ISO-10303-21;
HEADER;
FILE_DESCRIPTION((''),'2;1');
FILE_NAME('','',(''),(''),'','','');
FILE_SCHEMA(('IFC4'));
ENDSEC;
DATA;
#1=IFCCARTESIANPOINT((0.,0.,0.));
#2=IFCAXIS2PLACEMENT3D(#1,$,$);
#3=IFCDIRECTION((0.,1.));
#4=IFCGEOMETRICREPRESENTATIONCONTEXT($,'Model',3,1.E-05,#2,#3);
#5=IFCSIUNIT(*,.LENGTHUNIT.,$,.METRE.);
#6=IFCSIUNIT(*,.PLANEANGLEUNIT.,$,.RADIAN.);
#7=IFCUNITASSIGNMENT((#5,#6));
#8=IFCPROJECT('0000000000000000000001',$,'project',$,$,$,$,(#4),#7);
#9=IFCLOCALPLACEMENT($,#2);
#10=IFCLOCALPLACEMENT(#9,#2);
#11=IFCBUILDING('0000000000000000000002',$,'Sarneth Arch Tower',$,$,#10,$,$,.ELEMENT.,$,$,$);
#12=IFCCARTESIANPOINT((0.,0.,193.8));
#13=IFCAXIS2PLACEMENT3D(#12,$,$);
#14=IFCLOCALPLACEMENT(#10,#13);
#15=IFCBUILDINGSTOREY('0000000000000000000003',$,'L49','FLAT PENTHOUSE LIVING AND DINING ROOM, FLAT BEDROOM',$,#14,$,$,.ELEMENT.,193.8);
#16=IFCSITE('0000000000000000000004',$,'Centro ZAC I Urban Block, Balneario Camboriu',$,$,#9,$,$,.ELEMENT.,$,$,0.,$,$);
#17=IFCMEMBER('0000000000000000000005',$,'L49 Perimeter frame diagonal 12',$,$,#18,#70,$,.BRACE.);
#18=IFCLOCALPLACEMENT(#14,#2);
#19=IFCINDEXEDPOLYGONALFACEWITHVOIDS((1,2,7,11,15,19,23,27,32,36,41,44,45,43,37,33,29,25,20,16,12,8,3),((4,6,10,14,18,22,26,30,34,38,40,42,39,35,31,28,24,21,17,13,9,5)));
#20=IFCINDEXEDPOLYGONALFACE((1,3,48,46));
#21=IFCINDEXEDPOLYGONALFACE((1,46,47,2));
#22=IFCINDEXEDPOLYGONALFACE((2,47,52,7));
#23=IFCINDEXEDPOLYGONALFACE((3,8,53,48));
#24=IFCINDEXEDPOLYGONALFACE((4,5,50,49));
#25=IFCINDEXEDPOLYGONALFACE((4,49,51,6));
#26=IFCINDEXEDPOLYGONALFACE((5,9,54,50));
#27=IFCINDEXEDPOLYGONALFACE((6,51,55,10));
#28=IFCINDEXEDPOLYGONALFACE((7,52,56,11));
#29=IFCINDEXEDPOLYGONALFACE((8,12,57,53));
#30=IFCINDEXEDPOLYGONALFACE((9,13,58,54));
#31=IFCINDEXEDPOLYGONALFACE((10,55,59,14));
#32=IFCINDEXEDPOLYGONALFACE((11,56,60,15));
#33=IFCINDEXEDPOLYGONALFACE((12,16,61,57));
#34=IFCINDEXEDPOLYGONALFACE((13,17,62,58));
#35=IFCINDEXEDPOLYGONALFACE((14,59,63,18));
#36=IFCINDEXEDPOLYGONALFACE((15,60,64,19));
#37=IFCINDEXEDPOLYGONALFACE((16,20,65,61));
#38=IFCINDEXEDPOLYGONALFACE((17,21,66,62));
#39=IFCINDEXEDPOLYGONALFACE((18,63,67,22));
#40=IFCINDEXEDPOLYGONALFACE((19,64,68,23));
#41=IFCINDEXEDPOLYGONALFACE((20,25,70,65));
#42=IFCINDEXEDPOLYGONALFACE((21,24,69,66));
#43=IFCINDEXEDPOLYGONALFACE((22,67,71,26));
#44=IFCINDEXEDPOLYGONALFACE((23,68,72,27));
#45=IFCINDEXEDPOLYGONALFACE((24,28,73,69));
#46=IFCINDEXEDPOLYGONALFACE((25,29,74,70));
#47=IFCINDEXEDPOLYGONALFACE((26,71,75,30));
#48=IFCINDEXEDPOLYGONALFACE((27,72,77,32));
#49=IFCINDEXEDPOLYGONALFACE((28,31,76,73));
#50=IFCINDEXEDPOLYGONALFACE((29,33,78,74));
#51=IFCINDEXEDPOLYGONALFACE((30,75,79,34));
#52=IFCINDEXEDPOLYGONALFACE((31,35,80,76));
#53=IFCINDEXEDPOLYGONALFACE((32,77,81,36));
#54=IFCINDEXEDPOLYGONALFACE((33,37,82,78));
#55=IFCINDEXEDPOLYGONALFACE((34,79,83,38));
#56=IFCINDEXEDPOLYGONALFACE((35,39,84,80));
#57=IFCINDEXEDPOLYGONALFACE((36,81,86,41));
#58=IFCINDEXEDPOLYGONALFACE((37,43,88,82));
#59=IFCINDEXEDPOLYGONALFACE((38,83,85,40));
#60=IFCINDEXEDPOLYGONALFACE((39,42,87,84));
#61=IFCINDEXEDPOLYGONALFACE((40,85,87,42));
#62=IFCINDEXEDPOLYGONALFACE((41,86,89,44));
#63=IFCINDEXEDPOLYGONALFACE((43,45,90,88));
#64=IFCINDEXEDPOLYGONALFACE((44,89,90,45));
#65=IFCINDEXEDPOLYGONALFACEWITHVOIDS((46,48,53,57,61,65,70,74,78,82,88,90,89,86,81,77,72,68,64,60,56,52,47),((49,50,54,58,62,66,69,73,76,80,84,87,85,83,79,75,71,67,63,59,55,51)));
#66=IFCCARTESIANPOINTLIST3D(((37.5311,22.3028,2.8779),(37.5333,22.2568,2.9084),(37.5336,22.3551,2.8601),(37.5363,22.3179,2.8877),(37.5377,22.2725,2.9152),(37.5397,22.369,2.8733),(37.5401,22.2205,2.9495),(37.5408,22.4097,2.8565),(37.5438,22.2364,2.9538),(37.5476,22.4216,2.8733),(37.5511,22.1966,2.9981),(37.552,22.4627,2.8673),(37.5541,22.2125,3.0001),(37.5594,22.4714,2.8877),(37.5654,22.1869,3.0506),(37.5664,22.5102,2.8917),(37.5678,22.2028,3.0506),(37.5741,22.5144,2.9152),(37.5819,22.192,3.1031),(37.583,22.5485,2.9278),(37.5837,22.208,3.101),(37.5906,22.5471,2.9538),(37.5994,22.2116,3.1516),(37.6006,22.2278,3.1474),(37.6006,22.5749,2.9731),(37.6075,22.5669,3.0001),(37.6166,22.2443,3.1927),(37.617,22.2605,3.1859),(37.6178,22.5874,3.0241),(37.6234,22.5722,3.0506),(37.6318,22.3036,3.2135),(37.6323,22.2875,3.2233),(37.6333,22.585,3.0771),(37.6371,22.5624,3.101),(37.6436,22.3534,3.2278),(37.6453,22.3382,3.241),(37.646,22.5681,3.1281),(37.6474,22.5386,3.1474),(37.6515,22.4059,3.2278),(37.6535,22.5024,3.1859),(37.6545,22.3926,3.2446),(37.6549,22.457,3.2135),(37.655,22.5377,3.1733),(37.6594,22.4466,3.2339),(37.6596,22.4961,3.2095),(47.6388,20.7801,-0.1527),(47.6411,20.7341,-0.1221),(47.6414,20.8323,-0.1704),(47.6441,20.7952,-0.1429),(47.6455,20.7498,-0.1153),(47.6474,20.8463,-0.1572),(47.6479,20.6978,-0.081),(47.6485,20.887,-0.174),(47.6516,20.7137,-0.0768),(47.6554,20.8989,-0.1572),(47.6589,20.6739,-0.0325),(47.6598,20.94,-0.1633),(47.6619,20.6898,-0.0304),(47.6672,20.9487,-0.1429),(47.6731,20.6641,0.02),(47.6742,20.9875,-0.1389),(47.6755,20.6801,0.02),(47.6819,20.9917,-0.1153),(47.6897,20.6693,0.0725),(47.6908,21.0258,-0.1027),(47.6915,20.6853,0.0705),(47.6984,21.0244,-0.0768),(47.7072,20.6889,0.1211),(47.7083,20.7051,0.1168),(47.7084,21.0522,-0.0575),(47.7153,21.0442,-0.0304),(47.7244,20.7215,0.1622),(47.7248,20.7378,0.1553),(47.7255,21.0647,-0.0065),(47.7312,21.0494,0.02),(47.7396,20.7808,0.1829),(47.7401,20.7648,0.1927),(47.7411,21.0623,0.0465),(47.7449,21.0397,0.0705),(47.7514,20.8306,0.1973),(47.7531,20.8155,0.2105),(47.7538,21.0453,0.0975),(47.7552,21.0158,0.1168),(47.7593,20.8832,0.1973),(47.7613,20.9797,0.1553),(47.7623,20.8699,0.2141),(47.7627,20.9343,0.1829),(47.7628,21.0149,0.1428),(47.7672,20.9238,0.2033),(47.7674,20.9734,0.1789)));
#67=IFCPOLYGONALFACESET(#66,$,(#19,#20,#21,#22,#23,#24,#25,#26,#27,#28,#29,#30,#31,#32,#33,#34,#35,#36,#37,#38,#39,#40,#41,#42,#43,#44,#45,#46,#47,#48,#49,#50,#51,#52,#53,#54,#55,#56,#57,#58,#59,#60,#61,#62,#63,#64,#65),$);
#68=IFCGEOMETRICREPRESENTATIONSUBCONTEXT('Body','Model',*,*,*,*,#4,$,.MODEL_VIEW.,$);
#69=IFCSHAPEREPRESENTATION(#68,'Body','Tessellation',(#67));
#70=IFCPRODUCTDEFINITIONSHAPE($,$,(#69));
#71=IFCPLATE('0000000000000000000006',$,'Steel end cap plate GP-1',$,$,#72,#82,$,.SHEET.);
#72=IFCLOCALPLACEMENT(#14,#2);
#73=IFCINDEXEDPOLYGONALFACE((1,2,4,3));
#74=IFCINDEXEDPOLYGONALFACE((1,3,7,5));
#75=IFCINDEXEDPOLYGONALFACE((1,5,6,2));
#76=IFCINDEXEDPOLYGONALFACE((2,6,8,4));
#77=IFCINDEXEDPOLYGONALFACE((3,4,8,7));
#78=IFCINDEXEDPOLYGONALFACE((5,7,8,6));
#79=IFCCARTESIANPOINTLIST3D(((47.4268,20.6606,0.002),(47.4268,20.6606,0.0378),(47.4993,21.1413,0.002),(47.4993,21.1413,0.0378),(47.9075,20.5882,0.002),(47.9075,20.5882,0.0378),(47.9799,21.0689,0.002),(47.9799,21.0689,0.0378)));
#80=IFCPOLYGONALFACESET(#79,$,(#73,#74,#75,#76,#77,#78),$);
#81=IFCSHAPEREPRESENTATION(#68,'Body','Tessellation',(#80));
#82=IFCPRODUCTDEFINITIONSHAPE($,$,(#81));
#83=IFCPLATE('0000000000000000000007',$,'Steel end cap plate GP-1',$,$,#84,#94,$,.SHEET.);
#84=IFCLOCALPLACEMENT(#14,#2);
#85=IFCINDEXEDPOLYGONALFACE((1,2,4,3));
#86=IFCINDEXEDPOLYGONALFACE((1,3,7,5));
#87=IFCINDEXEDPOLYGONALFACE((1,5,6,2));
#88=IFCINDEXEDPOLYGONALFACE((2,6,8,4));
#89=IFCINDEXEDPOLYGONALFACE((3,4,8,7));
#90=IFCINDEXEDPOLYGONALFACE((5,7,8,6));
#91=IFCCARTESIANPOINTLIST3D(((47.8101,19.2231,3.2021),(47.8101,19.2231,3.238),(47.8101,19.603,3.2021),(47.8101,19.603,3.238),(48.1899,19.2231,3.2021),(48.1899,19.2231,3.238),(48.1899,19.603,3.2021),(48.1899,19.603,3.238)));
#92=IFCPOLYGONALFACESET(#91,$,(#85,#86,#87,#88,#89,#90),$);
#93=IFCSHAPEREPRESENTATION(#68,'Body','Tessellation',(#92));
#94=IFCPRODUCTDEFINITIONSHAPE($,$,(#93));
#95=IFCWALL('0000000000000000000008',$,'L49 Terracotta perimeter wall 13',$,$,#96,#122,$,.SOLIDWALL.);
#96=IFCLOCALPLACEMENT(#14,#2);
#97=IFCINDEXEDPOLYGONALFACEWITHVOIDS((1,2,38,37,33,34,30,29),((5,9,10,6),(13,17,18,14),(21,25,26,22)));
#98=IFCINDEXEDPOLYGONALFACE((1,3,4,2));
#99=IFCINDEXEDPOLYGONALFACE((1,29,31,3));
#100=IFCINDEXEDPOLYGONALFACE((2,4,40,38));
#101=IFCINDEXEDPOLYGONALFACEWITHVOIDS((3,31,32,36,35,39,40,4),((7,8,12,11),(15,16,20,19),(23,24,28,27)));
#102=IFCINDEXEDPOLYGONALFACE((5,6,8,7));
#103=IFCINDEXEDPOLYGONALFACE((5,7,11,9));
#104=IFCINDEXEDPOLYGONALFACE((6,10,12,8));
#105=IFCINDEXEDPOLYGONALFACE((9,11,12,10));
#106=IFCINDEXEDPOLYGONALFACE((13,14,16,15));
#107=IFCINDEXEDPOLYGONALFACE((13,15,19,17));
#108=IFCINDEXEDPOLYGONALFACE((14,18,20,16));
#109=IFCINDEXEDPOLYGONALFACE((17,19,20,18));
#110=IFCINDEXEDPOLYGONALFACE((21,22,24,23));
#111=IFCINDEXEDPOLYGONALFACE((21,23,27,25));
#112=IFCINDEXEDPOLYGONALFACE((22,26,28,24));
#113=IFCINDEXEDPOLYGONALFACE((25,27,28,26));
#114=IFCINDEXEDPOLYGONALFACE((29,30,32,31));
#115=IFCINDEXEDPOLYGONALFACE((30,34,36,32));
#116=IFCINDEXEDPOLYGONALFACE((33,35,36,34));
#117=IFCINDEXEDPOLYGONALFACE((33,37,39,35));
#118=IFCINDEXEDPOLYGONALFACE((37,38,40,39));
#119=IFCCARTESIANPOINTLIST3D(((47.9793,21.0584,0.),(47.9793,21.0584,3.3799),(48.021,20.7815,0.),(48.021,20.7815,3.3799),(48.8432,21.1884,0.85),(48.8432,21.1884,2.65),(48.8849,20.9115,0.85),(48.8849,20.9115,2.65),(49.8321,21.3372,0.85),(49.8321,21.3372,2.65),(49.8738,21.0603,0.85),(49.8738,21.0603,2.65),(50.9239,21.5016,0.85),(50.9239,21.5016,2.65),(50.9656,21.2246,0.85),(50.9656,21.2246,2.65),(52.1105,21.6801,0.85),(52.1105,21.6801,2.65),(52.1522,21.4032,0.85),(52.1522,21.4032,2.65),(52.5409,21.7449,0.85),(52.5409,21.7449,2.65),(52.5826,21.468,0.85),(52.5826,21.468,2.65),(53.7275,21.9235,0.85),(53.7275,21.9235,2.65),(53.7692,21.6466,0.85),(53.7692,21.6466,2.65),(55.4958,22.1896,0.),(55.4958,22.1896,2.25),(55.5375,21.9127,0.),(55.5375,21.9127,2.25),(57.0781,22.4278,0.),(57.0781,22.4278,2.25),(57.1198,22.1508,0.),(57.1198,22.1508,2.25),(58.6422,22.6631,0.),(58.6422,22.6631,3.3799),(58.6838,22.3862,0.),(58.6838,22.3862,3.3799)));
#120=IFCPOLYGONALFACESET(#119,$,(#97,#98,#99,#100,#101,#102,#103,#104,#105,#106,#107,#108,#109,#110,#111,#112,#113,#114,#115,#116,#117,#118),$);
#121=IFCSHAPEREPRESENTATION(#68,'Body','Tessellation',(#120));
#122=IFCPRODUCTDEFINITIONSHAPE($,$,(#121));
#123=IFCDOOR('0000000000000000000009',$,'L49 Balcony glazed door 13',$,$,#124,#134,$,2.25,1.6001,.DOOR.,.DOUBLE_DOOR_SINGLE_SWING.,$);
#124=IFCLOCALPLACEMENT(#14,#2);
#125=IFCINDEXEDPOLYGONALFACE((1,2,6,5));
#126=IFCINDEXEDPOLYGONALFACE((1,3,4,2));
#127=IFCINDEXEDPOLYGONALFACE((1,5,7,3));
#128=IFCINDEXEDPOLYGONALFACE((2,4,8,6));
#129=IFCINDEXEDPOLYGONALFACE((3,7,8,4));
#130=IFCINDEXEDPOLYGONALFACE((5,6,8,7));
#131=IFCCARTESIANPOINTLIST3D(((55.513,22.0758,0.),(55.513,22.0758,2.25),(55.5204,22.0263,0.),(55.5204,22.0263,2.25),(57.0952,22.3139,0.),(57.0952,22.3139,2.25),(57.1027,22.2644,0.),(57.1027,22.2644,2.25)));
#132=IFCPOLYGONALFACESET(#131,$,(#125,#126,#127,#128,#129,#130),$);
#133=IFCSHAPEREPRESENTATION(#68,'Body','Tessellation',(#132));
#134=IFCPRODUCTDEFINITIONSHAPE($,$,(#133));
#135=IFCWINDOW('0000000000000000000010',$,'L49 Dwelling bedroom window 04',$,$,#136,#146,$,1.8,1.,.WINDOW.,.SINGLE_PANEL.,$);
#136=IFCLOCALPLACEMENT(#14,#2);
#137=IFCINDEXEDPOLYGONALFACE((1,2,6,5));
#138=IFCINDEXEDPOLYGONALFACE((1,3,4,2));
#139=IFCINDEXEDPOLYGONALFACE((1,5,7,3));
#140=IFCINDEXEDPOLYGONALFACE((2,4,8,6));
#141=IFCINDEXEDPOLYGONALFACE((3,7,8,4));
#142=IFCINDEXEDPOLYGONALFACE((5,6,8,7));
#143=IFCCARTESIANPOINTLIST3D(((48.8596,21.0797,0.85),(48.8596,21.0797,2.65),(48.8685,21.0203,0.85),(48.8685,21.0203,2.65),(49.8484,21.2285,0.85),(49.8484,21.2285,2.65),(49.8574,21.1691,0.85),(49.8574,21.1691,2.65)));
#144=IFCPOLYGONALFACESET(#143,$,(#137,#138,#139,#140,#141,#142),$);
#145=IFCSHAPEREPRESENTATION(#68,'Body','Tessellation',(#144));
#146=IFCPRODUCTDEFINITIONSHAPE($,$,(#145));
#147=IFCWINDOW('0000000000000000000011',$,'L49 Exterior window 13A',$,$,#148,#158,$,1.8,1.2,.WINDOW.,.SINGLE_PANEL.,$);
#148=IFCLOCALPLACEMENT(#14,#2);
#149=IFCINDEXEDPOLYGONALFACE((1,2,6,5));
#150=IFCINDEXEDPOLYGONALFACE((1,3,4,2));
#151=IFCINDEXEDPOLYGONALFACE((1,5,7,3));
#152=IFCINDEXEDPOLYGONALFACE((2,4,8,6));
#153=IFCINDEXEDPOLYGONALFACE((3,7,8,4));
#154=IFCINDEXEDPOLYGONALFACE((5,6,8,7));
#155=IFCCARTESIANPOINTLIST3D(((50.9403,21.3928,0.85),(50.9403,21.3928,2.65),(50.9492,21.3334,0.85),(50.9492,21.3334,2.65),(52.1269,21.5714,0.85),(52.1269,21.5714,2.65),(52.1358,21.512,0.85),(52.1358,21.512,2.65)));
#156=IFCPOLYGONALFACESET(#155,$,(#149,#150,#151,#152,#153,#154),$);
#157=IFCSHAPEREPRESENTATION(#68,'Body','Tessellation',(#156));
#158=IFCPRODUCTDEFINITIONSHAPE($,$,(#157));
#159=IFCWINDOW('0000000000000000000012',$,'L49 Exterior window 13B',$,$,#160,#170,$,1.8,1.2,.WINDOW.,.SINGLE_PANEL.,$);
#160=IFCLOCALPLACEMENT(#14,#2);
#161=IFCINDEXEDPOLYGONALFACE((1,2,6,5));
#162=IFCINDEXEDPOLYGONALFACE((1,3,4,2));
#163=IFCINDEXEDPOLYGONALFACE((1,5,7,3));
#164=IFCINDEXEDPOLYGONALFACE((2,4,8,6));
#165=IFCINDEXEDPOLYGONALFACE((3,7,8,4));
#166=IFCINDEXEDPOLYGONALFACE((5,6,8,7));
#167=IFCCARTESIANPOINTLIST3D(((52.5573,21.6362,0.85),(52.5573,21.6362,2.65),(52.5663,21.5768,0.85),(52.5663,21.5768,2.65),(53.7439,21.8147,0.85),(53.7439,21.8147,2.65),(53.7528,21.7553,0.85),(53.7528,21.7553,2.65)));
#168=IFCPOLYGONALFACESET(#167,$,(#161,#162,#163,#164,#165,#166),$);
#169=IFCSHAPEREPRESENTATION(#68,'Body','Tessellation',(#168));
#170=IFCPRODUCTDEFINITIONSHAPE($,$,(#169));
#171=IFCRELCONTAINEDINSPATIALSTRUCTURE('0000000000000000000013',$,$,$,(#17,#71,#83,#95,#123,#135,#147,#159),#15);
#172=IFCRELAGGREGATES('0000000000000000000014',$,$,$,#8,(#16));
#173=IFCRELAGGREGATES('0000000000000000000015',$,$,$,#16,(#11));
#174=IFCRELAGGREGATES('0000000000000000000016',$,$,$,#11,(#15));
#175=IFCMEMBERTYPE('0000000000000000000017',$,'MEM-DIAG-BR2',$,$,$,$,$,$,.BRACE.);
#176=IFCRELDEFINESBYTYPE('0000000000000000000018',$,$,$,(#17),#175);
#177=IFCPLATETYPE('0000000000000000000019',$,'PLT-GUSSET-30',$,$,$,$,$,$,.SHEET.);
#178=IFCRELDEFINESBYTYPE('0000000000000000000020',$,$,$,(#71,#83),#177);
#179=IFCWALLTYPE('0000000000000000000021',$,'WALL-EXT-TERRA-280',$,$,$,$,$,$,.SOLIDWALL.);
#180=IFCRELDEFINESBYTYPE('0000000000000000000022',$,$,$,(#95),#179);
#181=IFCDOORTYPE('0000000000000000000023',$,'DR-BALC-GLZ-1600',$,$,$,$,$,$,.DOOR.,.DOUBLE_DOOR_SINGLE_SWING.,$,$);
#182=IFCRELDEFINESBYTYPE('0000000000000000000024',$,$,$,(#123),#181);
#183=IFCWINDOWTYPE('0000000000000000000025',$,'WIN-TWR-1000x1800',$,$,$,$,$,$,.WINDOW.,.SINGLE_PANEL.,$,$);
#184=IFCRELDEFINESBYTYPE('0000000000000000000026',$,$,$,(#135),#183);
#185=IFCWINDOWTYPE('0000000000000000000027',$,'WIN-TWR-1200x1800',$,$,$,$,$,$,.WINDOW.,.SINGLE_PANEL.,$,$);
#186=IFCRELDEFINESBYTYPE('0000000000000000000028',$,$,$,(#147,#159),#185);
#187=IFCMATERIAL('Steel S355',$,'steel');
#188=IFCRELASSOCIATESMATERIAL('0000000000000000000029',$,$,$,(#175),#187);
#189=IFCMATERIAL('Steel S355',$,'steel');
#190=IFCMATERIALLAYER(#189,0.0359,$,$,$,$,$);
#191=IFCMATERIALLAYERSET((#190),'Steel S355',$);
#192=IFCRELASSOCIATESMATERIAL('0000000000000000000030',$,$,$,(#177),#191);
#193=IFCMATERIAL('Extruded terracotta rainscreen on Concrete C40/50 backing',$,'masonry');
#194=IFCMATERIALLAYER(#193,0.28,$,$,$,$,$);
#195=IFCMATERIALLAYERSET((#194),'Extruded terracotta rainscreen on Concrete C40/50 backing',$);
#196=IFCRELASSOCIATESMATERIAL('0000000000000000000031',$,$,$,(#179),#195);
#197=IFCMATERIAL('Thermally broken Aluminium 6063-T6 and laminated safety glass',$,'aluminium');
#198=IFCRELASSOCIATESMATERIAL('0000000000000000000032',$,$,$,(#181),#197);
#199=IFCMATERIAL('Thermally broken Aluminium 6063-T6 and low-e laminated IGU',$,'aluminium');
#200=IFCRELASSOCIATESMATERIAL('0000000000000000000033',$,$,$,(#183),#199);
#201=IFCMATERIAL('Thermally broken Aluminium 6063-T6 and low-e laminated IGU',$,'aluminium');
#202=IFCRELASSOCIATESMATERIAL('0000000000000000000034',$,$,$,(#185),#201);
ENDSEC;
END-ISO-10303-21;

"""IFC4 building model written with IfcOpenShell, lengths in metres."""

from ifc_helpers import new_model, si_unit, direction, frame, frame_2d, origin, origin_2d, place, context, subcontext, project, spatial, rectangle, hollow_circle, extrude, material, layer, layer_set, material_profile, profile_set, type_object, element, fill, save


model = new_model("IFC4")

# Units and contexts
model_context = context("Model", 3, precision=1e-05, world=origin(), true_north=direction((0.0, 1.0)))
body_context = subcontext(model_context, "Body", "Model", "MODEL_VIEW")
ifc_project = project(units=[si_unit("LENGTHUNIT", "METRE"), si_unit("PLANEANGLEUNIT", "RADIAN")], contexts=[model_context])

# Site, building, storey
site_placement = place(None, origin())
site = spatial("IfcSite", under=ifc_project, at=site_placement, Name="Centro ZAC I Urban Block, Balneario Camboriu", CompositionType="ELEMENT", RefElevation=0.0)
building_placement = place(site_placement, origin())
building = spatial("IfcBuilding", under=site, at=building_placement, Name="Sarneth Arch Tower", CompositionType="ELEMENT")
storey_placement = place(building_placement, frame((0.0, 0.0, 193.8)))
storey = spatial("IfcBuildingStorey", under=building, at=storey_placement, Name="L49", Description="FLAT PENTHOUSE LIVING AND DINING ROOM, FLAT BEDROOM", CompositionType="ELEMENT", Elevation=193.8)

# Member
ifc_material_1 = material(Name="Steel S355", Category="steel")
ifc_material_profile_1 = material_profile(ifc_material_1, hollow_circle(Radius=0.2029, WallThickness=0.0161, at=origin_2d()), Name="CHS406x16")
ifc_profile_set_1 = profile_set([ifc_material_profile_1], Name="Steel S355")
member_type_1 = type_object("IfcMemberType", Name="MEM-DIAG-BR2", PredefinedType="BRACE", material=ifc_profile_set_1)
member_1_placement = place(storey_placement, frame((47.7034, 20.8647, 0.02), z_axis=(-0.948053, 0.142823, 0.284249), x_axis=(-0.148968, -0.988842, 0.0)))
element("IfcMember", 1, at=member_1_placement, inside=storey, type_object=member_type_1, Name="L49 Perimeter frame diagonal 12", PredefinedType="BRACE", context=body_context, shape_type="SweptSolid", body=[
    extrude(hollow_circle(Radius=0.2029, WallThickness=0.0161, at=origin_2d()), origin(), (0.0, 0.0, 1.0), 10.6616),
])

# Plates
ifc_material_2 = material(Name="Steel S355", Category="steel")
ifc_layer_1 = layer(ifc_material_2, 0.0359)
ifc_layer_set_1 = layer_set([ifc_layer_1], Name="Steel S355")
plate_type = type_object("IfcPlateType", Name="PLT-GUSSET-30", PredefinedType="SHEET", material=ifc_layer_set_1)
plate_1_placement = place(storey_placement, frame((47.7034, 20.8647, 0.002), z_axis=(0.0, 0.0, 1.0), x_axis=(0.988835, -0.149018, 0.0)))
element("IfcPlate", 2, at=plate_1_placement, inside=storey, type_object=plate_type, Name="Steel end cap plate GP-1", PredefinedType="SHEET", context=body_context, shape_type="SweptSolid", body=[
    extrude(rectangle(XDim=0.4861, YDim=0.4861, at=origin_2d()), origin(), (0.0, 0.0, 1.0), 0.0359),
])
plate_2_placement = place(storey_placement, frame((48.0, 19.4131, 3.2021), z_axis=(0.0, 0.0, 1.0), x_axis=(0.0, -1.0, 0.0)))
element("IfcPlate", 3, at=plate_2_placement, inside=storey, type_object=plate_type, Name="Steel end cap plate GP-1", PredefinedType="SHEET", context=body_context, shape_type="SweptSolid", body=[
    extrude(rectangle(XDim=0.3799, YDim=0.3799, at=origin_2d()), origin(), (0.0, 0.0, 1.0), 0.0359),
])

# Wall, openings, door, windows
ifc_material_3 = material(Name="Extruded terracotta rainscreen on Concrete C40/50 backing", Category="masonry")
ifc_layer_2 = layer(ifc_material_3, 0.28)
ifc_layer_set_2 = layer_set([ifc_layer_2], Name="Extruded terracotta rainscreen on Concrete C40/50 backing")
wall_type_1 = type_object("IfcWallType", Name="WALL-EXT-TERRA-280", PredefinedType="SOLIDWALL", material=ifc_layer_set_2)
wall_1_placement = place(storey_placement, frame((48.0, 20.9199, 0.0), z_axis=(0.0, 0.0, 1.0), x_axis=(0.988864, 0.148822, 0.0)))
wall_1 = element("IfcWall", 4, at=wall_1_placement, inside=storey, type_object=wall_type_1, Name="L49 Terracotta perimeter wall 13", PredefinedType="SOLIDWALL", context=body_context, shape_type="SweptSolid", body=[
    extrude(rectangle(XDim=10.783, YDim=0.28, at=frame_2d((5.3916, 0.0))), origin(), (0.0, 0.0, 1.0), 3.3799),
])
opening_1_placement = place(wall_1_placement, frame((2.9778, 0.0, 0.8501)))
opening_1 = element("IfcOpeningElement", 5, at=opening_1_placement, cuts=wall_1, PredefinedType="OPENING", context=body_context, shape_type="SweptSolid", body=[
    extrude(rectangle(XDim=1.2, YDim=1.8, at=frame_2d((0.6001, 0.8999))), frame((0.0, 0.1499, 0.0), z_axis=(0.0, -1.0, 0.0), x_axis=(1.0, 0.0, 0.0)), (0.0, 0.0, 1.0), 0.3),
])
opening_2_placement = place(wall_1_placement, frame((4.613, 0.0, 0.8501)))
opening_2 = element("IfcOpeningElement", 6, at=opening_2_placement, cuts=wall_1, PredefinedType="OPENING", context=body_context, shape_type="SweptSolid", body=[
    extrude(rectangle(XDim=1.2, YDim=1.8, at=frame_2d((0.6001, 0.8999))), frame((0.0, 0.1499, 0.0), z_axis=(0.0, -1.0, 0.0), x_axis=(1.0, 0.0, 0.0)), (0.0, 0.0, 1.0), 0.3),
])
opening_3_placement = place(wall_1_placement, frame((7.6013, 0.0, 0.0)))
opening_3 = element("IfcOpeningElement", 7, at=opening_3_placement, cuts=wall_1, PredefinedType="OPENING", context=body_context, shape_type="SweptSolid", body=[
    extrude(rectangle(XDim=1.6001, YDim=2.25, at=frame_2d((0.8, 1.125))), frame((0.0, 0.1499, 0.0), z_axis=(0.0, -1.0, 0.0), x_axis=(1.0, 0.0, 0.0)), (0.0, 0.0, 1.0), 0.3),
])
opening_4_placement = place(wall_1_placement, frame((0.8738, 0.0, 0.8501)))
opening_4 = element("IfcOpeningElement", 8, at=opening_4_placement, cuts=wall_1, PredefinedType="OPENING", context=body_context, shape_type="SweptSolid", body=[
    extrude(rectangle(XDim=1.0, YDim=1.8, at=frame_2d((0.5, 0.8999))), frame((0.0, 0.1499, 0.0), z_axis=(0.0, -1.0, 0.0), x_axis=(1.0, 0.0, 0.0)), (0.0, 0.0, 1.0), 0.3),
])
ifc_material_4 = material(Name="Thermally broken Aluminium 6063-T6 and laminated safety glass", Category="aluminium")
door_type_1 = type_object("IfcDoorType", Name="DR-BALC-GLZ-1600", OperationType="DOUBLE_DOOR_SINGLE_SWING", PredefinedType="DOOR", material=ifc_material_4)
door_1_placement = place(opening_3_placement, origin())
door_1 = element("IfcDoor", 9, at=door_1_placement, inside=storey, type_object=door_type_1, Name="L49 Balcony glazed door 13", OperationType="DOUBLE_DOOR_SINGLE_SWING", OverallHeight=2.25, OverallWidth=1.6001, PredefinedType="DOOR", context=body_context, shape_type="SweptSolid", body=[
    extrude(rectangle(XDim=1.6001, YDim=2.25, at=frame_2d((0.8, 1.125))), frame((0.0, 0.0249, 0.0), z_axis=(0.0, -1.0, 0.0), x_axis=(1.0, 0.0, 0.0)), (0.0, 0.0, 1.0), 0.05),
])
fill(opening_3, door_1)
ifc_material_5 = material(Name="Thermally broken Aluminium 6063-T6 and low-e laminated IGU", Category="aluminium")
window_type_1 = type_object("IfcWindowType", Name="WIN-TWR-1000x1800", PartitioningType="SINGLE_PANEL", PredefinedType="WINDOW", material=ifc_material_5)
window_1_placement = place(opening_4_placement, origin())
window_1 = element("IfcWindow", 10, at=window_1_placement, inside=storey, type_object=window_type_1, Name="L49 Dwelling bedroom window 04", OverallHeight=1.8, OverallWidth=1.0, PartitioningType="SINGLE_PANEL", PredefinedType="WINDOW", context=body_context, shape_type="SweptSolid", body=[
    extrude(rectangle(XDim=1.0, YDim=1.8, at=frame_2d((0.5, 0.8999))), frame((0.0, 0.03, 0.0), z_axis=(0.0, -1.0, 0.0), x_axis=(1.0, 0.0, 0.0)), (0.0, 0.0, 1.0), 0.0601),
])
fill(opening_4, window_1)
ifc_material_6 = material(Name="Thermally broken Aluminium 6063-T6 and low-e laminated IGU", Category="aluminium")
window_type_2 = type_object("IfcWindowType", Name="WIN-TWR-1200x1800", PartitioningType="SINGLE_PANEL", PredefinedType="WINDOW", material=ifc_material_6)
window_2_placement = place(opening_1_placement, origin())
window_2 = element("IfcWindow", 11, at=window_2_placement, inside=storey, type_object=window_type_2, Name="L49 Exterior window 13A", OverallHeight=1.8, OverallWidth=1.2, PartitioningType="SINGLE_PANEL", PredefinedType="WINDOW", context=body_context, shape_type="SweptSolid", body=[
    extrude(rectangle(XDim=1.2, YDim=1.8, at=frame_2d((0.6001, 0.8999))), frame((0.0, 0.03, 0.0), z_axis=(0.0, -1.0, 0.0), x_axis=(1.0, 0.0, 0.0)), (0.0, 0.0, 1.0), 0.0601),
])
fill(opening_1, window_2)
window_3_placement = place(opening_2_placement, origin())
window_3 = element("IfcWindow", 12, at=window_3_placement, inside=storey, type_object=window_type_2, Name="L49 Exterior window 13B", OverallHeight=1.8, OverallWidth=1.2, PartitioningType="SINGLE_PANEL", PredefinedType="WINDOW", context=body_context, shape_type="SweptSolid", body=[
    extrude(rectangle(XDim=1.2, YDim=1.8, at=frame_2d((0.6001, 0.8999))), frame((0.0, 0.03, 0.0), z_axis=(0.0, -1.0, 0.0), x_axis=(1.0, 0.0, 0.0)), (0.0, 0.0, 1.0), 0.0601),
])
fill(opening_2, window_3)

save(model, "model.ifc")
